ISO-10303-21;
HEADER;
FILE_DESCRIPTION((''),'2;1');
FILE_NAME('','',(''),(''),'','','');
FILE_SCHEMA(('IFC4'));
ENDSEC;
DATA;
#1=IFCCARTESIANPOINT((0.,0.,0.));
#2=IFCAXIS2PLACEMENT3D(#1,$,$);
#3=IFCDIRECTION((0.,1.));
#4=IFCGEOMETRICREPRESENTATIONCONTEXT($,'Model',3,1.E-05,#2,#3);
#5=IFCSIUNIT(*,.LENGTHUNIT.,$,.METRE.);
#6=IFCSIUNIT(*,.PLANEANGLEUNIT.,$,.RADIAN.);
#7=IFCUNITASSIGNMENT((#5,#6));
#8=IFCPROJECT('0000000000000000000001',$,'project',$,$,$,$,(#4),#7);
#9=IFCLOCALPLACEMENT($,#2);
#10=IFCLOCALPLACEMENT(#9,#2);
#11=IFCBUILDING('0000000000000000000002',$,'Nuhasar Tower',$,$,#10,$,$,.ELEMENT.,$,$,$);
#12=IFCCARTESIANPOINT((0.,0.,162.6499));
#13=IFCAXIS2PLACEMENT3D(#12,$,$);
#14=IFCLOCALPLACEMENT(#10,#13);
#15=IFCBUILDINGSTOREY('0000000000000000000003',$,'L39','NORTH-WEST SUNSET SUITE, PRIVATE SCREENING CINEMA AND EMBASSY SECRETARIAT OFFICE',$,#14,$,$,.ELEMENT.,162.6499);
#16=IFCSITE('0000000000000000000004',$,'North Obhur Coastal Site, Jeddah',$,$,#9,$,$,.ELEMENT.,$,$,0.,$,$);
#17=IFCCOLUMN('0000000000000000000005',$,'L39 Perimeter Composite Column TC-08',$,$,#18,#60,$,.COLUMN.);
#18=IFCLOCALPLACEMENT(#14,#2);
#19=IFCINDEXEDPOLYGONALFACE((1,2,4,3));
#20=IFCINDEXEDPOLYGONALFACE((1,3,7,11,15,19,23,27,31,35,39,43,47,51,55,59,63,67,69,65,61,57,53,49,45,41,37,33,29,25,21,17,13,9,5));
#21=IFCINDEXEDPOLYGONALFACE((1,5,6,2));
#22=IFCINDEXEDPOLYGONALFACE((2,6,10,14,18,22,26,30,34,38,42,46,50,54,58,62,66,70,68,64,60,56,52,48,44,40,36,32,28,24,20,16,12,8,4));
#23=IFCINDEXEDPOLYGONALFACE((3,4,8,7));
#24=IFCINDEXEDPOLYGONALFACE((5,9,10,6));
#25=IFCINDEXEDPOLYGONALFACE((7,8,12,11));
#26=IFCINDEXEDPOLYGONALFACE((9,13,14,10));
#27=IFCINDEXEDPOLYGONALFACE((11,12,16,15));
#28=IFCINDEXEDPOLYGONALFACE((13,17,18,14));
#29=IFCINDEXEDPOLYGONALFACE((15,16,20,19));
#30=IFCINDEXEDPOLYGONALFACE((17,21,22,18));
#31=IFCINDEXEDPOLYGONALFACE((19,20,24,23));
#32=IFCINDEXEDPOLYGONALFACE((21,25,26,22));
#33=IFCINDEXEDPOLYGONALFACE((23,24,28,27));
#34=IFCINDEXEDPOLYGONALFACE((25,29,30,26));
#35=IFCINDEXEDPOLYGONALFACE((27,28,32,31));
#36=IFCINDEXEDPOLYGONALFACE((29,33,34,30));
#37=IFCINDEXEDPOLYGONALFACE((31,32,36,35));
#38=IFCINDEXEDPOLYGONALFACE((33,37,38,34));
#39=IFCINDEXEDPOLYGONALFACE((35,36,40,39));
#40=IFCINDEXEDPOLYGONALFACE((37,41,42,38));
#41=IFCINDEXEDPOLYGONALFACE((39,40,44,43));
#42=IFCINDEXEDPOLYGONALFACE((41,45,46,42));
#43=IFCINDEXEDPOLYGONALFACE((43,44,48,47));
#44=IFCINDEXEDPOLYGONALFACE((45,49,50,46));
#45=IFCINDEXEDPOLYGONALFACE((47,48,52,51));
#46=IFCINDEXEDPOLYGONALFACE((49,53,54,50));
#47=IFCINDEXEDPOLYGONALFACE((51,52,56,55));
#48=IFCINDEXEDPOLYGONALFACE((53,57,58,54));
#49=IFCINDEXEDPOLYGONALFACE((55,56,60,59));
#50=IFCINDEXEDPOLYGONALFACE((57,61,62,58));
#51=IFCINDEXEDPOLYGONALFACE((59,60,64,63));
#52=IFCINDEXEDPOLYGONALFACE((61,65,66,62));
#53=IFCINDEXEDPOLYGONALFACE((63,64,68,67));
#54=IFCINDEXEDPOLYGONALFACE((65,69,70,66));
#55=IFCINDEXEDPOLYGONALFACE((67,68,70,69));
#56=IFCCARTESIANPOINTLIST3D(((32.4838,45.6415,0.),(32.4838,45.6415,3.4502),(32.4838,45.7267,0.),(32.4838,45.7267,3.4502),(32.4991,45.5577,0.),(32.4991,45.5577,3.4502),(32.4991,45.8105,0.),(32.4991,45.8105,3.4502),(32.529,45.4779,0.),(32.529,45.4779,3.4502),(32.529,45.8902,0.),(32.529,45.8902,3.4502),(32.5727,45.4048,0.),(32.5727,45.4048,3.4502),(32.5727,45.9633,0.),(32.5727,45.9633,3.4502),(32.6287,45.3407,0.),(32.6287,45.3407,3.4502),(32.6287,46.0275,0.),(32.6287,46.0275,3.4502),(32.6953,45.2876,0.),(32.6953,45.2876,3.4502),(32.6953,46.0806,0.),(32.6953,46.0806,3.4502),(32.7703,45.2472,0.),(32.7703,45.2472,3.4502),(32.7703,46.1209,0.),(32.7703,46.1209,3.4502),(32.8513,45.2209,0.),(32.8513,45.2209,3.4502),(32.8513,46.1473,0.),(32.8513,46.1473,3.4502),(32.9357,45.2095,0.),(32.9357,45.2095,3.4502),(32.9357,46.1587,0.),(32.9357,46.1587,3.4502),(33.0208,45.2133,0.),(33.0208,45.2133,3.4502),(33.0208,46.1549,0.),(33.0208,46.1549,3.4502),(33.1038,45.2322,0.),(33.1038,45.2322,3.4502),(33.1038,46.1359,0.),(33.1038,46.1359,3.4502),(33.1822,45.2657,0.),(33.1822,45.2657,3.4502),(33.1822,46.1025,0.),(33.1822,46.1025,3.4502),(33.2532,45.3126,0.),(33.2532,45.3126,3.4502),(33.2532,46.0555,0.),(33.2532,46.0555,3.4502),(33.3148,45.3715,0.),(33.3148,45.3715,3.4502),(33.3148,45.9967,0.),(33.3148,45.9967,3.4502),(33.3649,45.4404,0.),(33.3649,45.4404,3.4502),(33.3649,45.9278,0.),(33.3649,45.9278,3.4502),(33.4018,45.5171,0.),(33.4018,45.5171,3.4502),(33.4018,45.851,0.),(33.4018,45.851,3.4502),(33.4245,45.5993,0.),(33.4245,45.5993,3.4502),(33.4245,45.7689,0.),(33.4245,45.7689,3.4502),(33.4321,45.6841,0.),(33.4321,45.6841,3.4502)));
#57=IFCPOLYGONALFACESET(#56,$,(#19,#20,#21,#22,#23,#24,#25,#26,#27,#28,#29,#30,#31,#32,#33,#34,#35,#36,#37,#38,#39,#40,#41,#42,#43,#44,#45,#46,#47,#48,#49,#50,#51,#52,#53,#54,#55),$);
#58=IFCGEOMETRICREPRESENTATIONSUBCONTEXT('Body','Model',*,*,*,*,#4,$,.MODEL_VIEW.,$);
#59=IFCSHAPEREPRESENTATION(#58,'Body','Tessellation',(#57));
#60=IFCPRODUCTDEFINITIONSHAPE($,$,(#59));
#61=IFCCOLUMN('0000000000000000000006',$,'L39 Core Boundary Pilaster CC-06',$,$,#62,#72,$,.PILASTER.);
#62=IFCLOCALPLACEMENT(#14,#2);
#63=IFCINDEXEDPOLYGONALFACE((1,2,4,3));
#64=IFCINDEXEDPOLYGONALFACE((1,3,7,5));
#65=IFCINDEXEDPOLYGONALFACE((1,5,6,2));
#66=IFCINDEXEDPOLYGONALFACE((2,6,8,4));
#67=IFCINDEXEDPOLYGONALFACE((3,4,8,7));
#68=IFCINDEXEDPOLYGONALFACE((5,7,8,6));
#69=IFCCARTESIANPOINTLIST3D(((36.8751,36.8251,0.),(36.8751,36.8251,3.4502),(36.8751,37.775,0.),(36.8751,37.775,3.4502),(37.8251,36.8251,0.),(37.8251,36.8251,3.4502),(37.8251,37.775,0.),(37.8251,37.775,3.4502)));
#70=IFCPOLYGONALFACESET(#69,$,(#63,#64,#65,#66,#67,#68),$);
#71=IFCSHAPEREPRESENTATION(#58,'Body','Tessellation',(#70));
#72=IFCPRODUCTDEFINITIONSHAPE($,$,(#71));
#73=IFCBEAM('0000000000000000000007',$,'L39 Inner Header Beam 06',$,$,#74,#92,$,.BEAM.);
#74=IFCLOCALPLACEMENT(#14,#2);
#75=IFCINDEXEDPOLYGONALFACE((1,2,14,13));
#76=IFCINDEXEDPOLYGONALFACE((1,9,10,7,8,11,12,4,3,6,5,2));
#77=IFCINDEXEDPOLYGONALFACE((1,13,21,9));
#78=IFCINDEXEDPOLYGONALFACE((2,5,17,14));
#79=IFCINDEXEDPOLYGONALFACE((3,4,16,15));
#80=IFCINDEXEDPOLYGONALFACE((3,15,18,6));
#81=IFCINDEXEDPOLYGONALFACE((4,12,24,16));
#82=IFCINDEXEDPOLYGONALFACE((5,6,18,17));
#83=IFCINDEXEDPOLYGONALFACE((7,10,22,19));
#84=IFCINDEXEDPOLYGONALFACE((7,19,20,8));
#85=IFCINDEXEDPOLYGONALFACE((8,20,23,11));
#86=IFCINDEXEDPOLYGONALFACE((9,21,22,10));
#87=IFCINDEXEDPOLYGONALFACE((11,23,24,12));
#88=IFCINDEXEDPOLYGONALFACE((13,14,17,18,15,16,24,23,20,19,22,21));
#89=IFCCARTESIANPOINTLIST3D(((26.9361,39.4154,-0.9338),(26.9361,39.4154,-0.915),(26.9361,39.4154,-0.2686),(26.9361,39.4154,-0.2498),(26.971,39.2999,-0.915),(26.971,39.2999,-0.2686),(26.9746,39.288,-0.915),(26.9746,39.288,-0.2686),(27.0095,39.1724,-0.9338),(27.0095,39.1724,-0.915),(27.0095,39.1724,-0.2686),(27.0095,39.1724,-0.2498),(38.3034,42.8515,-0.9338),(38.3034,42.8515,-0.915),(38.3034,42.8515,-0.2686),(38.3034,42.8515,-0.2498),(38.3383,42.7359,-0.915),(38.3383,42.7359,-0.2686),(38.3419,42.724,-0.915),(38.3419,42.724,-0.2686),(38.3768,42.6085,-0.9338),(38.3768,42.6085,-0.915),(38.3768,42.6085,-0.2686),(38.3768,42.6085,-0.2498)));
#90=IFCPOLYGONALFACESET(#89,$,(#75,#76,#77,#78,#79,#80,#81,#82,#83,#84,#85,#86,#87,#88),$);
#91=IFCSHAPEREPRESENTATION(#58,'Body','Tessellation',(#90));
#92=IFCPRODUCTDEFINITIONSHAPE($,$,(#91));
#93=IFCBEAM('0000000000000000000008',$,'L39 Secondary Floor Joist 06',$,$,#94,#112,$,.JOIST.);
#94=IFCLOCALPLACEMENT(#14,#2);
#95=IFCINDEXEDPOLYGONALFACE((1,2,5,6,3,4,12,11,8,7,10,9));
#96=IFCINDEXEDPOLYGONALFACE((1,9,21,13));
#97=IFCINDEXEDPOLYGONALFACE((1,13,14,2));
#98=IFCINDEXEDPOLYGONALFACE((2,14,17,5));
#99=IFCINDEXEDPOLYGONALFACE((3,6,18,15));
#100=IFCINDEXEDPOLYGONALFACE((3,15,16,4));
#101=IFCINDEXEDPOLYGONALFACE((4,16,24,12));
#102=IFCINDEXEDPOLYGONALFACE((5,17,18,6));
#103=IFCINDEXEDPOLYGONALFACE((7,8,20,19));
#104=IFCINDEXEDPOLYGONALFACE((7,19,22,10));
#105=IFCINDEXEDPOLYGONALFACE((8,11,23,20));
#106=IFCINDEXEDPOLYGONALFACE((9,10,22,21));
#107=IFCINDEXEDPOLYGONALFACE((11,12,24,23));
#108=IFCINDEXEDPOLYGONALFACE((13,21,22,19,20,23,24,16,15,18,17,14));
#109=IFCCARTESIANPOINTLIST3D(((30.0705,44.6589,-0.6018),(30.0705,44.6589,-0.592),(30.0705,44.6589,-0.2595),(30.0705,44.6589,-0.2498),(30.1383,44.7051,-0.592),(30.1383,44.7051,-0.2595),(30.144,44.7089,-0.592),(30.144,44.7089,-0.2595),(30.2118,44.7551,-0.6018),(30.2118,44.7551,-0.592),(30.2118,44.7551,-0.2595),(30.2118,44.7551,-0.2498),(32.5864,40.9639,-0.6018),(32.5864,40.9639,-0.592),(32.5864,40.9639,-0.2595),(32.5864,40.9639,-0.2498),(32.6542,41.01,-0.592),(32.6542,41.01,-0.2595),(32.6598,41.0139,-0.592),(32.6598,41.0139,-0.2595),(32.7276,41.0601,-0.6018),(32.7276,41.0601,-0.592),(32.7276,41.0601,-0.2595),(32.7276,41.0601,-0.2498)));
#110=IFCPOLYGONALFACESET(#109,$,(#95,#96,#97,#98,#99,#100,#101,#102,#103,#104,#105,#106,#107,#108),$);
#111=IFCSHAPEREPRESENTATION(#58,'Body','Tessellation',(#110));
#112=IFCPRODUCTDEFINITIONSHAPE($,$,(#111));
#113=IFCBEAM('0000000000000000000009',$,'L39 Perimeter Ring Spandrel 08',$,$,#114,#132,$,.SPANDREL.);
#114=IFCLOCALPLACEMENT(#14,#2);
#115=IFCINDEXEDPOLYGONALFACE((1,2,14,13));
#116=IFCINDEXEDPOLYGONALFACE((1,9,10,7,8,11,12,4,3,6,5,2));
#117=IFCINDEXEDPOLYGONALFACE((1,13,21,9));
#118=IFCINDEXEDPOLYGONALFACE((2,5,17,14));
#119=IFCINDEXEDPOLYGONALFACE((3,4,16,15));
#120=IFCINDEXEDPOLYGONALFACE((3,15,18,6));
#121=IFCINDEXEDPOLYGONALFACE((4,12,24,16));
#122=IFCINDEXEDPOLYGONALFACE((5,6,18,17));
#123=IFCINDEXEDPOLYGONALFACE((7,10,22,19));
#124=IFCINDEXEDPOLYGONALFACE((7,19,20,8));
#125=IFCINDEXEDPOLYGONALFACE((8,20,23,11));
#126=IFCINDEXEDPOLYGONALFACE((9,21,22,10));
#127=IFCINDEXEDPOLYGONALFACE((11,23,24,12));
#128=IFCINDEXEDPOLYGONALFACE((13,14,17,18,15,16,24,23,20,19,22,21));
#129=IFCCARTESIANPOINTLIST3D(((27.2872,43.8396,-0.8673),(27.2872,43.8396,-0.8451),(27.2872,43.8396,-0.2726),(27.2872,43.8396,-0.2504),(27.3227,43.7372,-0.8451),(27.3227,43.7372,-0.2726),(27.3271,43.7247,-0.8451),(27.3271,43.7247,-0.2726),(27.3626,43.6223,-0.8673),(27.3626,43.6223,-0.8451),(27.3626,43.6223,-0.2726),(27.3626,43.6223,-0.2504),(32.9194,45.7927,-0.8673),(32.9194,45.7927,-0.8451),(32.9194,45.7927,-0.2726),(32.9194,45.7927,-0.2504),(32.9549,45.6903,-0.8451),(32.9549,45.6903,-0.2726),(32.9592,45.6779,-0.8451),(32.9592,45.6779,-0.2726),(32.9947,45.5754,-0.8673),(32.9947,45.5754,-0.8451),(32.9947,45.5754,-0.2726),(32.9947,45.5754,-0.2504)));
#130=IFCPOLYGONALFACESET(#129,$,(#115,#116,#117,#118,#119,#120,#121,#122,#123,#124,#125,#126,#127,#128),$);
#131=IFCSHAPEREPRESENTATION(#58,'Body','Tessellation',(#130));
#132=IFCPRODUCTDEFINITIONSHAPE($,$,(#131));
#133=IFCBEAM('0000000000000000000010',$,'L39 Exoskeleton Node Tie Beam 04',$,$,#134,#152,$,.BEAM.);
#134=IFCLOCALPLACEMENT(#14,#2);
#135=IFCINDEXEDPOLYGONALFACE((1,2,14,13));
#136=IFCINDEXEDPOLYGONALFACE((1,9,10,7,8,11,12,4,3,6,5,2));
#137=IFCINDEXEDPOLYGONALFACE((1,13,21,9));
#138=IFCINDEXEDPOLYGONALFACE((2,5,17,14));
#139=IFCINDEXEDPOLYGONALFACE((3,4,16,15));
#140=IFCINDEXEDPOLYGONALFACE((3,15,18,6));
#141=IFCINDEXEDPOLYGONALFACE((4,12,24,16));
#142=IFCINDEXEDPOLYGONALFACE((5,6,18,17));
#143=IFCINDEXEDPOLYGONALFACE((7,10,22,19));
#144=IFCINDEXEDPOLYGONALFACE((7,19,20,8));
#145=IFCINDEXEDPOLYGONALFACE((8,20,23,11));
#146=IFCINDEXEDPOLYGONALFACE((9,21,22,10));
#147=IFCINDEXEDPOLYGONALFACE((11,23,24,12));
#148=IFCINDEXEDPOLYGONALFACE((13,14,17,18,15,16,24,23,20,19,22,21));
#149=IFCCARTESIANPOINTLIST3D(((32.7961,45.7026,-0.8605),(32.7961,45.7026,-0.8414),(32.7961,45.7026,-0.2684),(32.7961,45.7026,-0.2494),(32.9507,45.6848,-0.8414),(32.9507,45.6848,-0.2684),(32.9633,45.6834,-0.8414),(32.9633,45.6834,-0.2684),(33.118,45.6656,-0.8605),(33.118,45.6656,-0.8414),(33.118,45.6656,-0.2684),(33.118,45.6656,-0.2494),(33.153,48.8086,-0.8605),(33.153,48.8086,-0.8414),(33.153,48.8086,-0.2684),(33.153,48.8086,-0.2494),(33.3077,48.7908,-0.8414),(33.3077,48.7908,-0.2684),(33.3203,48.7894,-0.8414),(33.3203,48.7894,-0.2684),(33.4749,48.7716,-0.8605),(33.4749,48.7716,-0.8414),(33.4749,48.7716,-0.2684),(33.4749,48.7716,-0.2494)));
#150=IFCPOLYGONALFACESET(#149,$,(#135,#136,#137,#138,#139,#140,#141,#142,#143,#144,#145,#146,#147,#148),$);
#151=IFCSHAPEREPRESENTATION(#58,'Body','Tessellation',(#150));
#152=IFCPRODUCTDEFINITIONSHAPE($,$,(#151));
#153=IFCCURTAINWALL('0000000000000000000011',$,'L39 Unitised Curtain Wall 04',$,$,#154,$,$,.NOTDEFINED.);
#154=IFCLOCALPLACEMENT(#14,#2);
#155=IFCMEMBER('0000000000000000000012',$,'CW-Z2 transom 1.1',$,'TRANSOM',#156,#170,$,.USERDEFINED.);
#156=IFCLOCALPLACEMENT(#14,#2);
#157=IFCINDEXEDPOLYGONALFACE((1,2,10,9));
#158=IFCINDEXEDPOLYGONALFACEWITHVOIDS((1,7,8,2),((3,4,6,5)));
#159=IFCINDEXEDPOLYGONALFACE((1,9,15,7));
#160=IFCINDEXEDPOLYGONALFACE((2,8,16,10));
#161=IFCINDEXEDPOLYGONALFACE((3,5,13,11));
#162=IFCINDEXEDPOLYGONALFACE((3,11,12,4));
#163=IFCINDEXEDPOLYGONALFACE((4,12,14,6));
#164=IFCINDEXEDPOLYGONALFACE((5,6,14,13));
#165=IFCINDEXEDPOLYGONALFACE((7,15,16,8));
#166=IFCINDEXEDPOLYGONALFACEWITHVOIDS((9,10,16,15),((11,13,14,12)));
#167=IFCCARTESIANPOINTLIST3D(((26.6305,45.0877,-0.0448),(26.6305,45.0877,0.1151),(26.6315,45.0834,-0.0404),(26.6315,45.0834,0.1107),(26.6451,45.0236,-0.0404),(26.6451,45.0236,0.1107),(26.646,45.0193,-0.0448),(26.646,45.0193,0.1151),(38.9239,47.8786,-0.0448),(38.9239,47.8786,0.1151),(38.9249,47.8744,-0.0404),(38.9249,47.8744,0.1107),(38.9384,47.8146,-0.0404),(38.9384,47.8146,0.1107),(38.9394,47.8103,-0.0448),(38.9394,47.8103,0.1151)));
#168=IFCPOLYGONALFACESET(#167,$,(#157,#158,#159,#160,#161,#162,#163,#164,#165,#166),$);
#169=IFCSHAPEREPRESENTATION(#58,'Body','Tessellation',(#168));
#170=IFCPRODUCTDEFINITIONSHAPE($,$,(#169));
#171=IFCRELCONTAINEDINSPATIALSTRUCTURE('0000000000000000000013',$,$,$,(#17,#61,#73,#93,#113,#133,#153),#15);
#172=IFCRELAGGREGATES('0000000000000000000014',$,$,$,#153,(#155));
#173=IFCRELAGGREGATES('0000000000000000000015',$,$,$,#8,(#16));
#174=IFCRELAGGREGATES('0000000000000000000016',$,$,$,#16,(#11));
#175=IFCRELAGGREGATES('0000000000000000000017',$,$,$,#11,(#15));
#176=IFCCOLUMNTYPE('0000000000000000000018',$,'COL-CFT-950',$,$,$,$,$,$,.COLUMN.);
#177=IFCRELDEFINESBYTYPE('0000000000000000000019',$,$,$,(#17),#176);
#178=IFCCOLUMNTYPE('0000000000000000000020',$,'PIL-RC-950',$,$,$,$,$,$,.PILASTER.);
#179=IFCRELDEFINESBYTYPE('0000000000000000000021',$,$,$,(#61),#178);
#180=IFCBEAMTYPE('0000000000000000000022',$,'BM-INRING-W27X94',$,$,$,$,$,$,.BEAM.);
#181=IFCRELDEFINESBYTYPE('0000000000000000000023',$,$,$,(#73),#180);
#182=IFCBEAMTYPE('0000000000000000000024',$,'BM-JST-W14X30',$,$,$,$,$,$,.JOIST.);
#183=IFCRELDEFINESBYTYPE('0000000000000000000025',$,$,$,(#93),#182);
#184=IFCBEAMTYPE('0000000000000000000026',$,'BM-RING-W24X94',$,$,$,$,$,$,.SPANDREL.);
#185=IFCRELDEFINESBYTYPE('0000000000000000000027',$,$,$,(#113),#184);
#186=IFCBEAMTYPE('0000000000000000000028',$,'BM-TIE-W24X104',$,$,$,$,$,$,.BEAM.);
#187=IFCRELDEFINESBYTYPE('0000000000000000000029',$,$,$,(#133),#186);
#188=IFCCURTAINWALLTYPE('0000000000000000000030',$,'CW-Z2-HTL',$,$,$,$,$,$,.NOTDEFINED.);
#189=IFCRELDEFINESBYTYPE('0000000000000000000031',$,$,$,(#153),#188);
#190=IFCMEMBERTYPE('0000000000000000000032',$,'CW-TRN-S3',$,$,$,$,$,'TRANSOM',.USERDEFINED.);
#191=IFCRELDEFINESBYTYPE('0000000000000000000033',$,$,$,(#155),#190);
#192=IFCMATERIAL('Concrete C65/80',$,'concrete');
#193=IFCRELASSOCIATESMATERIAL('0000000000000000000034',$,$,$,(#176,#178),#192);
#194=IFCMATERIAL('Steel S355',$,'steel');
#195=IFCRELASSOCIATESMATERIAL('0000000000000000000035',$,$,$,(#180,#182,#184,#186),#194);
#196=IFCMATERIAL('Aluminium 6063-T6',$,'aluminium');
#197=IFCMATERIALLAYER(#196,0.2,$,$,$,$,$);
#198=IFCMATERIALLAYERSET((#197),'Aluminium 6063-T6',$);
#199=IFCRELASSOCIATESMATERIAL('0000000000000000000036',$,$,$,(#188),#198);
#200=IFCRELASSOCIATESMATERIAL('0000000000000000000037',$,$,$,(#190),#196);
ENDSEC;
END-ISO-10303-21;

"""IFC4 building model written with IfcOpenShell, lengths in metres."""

from ifc_helpers import new_model, si_unit, direction, frame, origin, origin_2d, place, context, subcontext, project, spatial, rectangle, hollow_rectangle, circle, i_section, extrude, material, layer, layer_set, material_profile, profile_set, type_object, element, aggregate, save


model = new_model("IFC4")

# Units and contexts
model_context = context("Model", 3, precision=1e-05, world=origin(), true_north=direction((0.0, 1.0)))
body_context = subcontext(model_context, "Body", "Model", "MODEL_VIEW")
ifc_project = project(units=[si_unit("LENGTHUNIT", "METRE"), si_unit("PLANEANGLEUNIT", "RADIAN")], contexts=[model_context])

# Site, building, storey
site_placement = place(None, origin())
site = spatial("IfcSite", under=ifc_project, at=site_placement, Name="North Obhur Coastal Site, Jeddah", CompositionType="ELEMENT", RefElevation=0.0)
building_placement = place(site_placement, origin())
building = spatial("IfcBuilding", under=site, at=building_placement, Name="Nuhasar Tower", CompositionType="ELEMENT")
storey_placement = place(building_placement, frame((0.0, 0.0, 162.6499)))
storey = spatial("IfcBuildingStorey", under=building, at=storey_placement, Name="L39", Description="NORTH-WEST SUNSET SUITE, PRIVATE SCREENING CINEMA AND EMBASSY SECRETARIAT OFFICE", CompositionType="ELEMENT", Elevation=162.6499)

# Columns
ifc_material_1 = material(Name="Concrete C65/80", Category="concrete")
ifc_material_profile_1 = material_profile(ifc_material_1, circle(Radius=0.4751, at=origin_2d()), Name="CFT950")
ifc_profile_set_1 = profile_set([ifc_material_profile_1], Name="Concrete C65/80")
column_type_1 = type_object("IfcColumnType", Name="COL-CFT-950", PredefinedType="COLUMN", material=ifc_profile_set_1)
column_1_placement = place(storey_placement, frame((32.957, 45.6841, 0.0), z_axis=(0.0, 0.0, 1.0), x_axis=(1.0, 0.0, 0.0)))
element("IfcColumn", 1, at=column_1_placement, inside=storey, type_object=column_type_1, Name="L39 Perimeter Composite Column TC-08", PredefinedType="COLUMN", context=body_context, shape_type="SweptSolid", body=[
    extrude(circle(Radius=0.4751, at=origin_2d()), origin(), (0.0, 0.0, 1.0), 3.4502),
])
ifc_material_profile_2 = material_profile(ifc_material_1, rectangle(XDim=0.95, YDim=0.95, at=origin_2d()), Name="RC950X950")
ifc_profile_set_2 = profile_set([ifc_material_profile_2], Name="Concrete C65/80")
column_type_2 = type_object("IfcColumnType", Name="PIL-RC-950", PredefinedType="PILASTER", material=ifc_profile_set_2)
column_2_placement = place(storey_placement, frame((37.3501, 37.3, 0.0), z_axis=(0.0, 0.0, 1.0), x_axis=(1.0, 0.0, 0.0)))
element("IfcColumn", 2, at=column_2_placement, inside=storey, type_object=column_type_2, Name="L39 Core Boundary Pilaster CC-06", PredefinedType="PILASTER", context=body_context, shape_type="SweptSolid", body=[
    extrude(rectangle(XDim=0.95, YDim=0.95, at=origin_2d()), origin(), (0.0, 0.0, 1.0), 3.4502),
])

# Beams
ifc_material_2 = material(Name="Steel S355", Category="steel")
ifc_material_profile_3 = material_profile(ifc_material_2, i_section(OverallWidth=0.2539, OverallDepth=0.6841, WebThickness=0.0125, FlangeThickness=0.0188, at=origin_2d()), Name="W27X94")
ifc_profile_set_3 = profile_set([ifc_material_profile_3], Name="Steel S355")
beam_type_1 = type_object("IfcBeamType", Name="BM-INRING-W27X94", PredefinedType="BEAM", material=ifc_profile_set_3)
beam_1_placement = place(storey_placement, frame((38.3401, 42.73, -0.5918), z_axis=(-0.957224, -0.289347, 0.0), x_axis=(0.289347, -0.957224, 0.0)))
element("IfcBeam", 3, at=beam_1_placement, inside=storey, type_object=beam_type_1, Name="L39 Inner Header Beam 06", PredefinedType="BEAM", context=body_context, shape_type="SweptSolid", body=[
    extrude(i_section(OverallWidth=0.2539, OverallDepth=0.6841, WebThickness=0.0125, FlangeThickness=0.0188, at=origin_2d()), origin(), (0.0, 0.0, 1.0), 11.8752),
])
ifc_material_profile_4 = material_profile(ifc_material_2, i_section(OverallWidth=0.1709, OverallDepth=0.3521, WebThickness=0.0068, FlangeThickness=0.0098, at=origin_2d()), Name="W14X30")
ifc_profile_set_4 = profile_set([ifc_material_profile_4], Name="Steel S355")
beam_type_2 = type_object("IfcBeamType", Name="BM-JST-W14X30", PredefinedType="JOIST", material=ifc_profile_set_4)
beam_2_placement = place(storey_placement, frame((32.657, 41.012, -0.4258), z_axis=(-0.562803, 0.826591, 0.0), x_axis=(-0.826591, -0.562803, 0.0)))
element("IfcBeam", 4, at=beam_2_placement, inside=storey, type_object=beam_type_2, Name="L39 Secondary Floor Joist 06", PredefinedType="JOIST", context=body_context, shape_type="SweptSolid", body=[
    extrude(i_section(OverallWidth=0.1709, OverallDepth=0.3521, WebThickness=0.0068, FlangeThickness=0.0098, at=origin_2d()), origin(), (0.0, 0.0, 1.0), 4.4702),
])
ifc_material_profile_5 = material_profile(ifc_material_2, i_section(OverallWidth=0.23, OverallDepth=0.6169, WebThickness=0.0132, FlangeThickness=0.0222, at=origin_2d()), Name="W24X94")
ifc_profile_set_5 = profile_set([ifc_material_profile_5], Name="Steel S355")
beam_type_3 = type_object("IfcBeamType", Name="BM-RING-W24X94", PredefinedType="SPANDREL", material=ifc_profile_set_5)
beam_3_placement = place(storey_placement, frame((32.957, 45.6841, -0.5588), z_axis=(-0.944801, -0.327644, 0.0), x_axis=(0.327644, -0.944801, 0.0)))
element("IfcBeam", 5, at=beam_3_placement, inside=storey, type_object=beam_type_3, Name="L39 Perimeter Ring Spandrel 08", PredefinedType="SPANDREL", context=body_context, shape_type="SweptSolid", body=[
    extrude(i_section(OverallWidth=0.23, OverallDepth=0.6169, WebThickness=0.0132, FlangeThickness=0.0222, at=origin_2d()), origin(), (0.0, 0.0, 1.0), 5.9612),
])
ifc_material_profile_6 = material_profile(ifc_material_2, i_section(OverallWidth=0.324, OverallDepth=0.6111, WebThickness=0.0127, FlangeThickness=0.019, at=origin_2d()), Name="W24X104")
ifc_profile_set_6 = profile_set([ifc_material_profile_6], Name="Steel S355")
beam_type_4 = type_object("IfcBeamType", Name="BM-TIE-W24X104", PredefinedType="BEAM", material=ifc_profile_set_6)
beam_4_placement = place(storey_placement, frame((32.957, 45.6841, -0.5549), z_axis=(0.114168, 0.993461, 0.0), x_axis=(-0.993461, 0.114168, 0.0)))
element("IfcBeam", 6, at=beam_4_placement, inside=storey, type_object=beam_type_4, Name="L39 Exoskeleton Node Tie Beam 04", PredefinedType="BEAM", context=body_context, shape_type="SweptSolid", body=[
    extrude(i_section(OverallWidth=0.324, OverallDepth=0.6111, WebThickness=0.0127, FlangeThickness=0.019, at=origin_2d()), origin(), (0.0, 0.0, 1.0), 3.1265),
])

# Curtain wall, member
ifc_material_3 = material(Name="Aluminium 6063-T6", Category="aluminium")
ifc_layer_1 = layer(ifc_material_3, 0.2)
ifc_layer_set_1 = layer_set([ifc_layer_1], Name="Aluminium 6063-T6")
curtain_wall_type = type_object("IfcCurtainWallType", Name="CW-Z2-HTL", PredefinedType="NOTDEFINED", material=ifc_layer_set_1)
curtain_wall_placement = place(storey_placement, origin())
curtain_wall = element("IfcCurtainWall", 7, at=curtain_wall_placement, inside=storey, type_object=curtain_wall_type, Name="L39 Unitised Curtain Wall 04", PredefinedType="NOTDEFINED")
ifc_material_profile_7 = material_profile(ifc_material_3, hollow_rectangle(XDim=0.0701, YDim=0.1599, WallThickness=0.0044, at=origin_2d()), Name="CWT-3")
ifc_profile_set_7 = profile_set([ifc_material_profile_7], Name="Aluminium 6063-T6")
member_type_1 = type_object("IfcMemberType", Name="CW-TRN-S3", ElementType="TRANSOM", PredefinedType="USERDEFINED", material=ifc_profile_set_7)
member_placement = place(storey_placement, frame((38.9316, 47.8445, 0.0352), z_axis=(-0.975183, -0.221398, 0.0), x_axis=(0.221398, -0.975183, 0.0)))
member = element("IfcMember", 8, at=member_placement, type_object=member_type_1, Name="CW-Z2 transom 1.1", ObjectType="TRANSOM", PredefinedType="USERDEFINED", context=body_context, shape_type="SweptSolid", body=[
    extrude(hollow_rectangle(XDim=0.0701, YDim=0.1599, WallThickness=0.0044, at=origin_2d()), origin(), (0.0, 0.0, 1.0), 12.6062),
])

aggregate(curtain_wall, [member])

save(model, "model.ifc")
